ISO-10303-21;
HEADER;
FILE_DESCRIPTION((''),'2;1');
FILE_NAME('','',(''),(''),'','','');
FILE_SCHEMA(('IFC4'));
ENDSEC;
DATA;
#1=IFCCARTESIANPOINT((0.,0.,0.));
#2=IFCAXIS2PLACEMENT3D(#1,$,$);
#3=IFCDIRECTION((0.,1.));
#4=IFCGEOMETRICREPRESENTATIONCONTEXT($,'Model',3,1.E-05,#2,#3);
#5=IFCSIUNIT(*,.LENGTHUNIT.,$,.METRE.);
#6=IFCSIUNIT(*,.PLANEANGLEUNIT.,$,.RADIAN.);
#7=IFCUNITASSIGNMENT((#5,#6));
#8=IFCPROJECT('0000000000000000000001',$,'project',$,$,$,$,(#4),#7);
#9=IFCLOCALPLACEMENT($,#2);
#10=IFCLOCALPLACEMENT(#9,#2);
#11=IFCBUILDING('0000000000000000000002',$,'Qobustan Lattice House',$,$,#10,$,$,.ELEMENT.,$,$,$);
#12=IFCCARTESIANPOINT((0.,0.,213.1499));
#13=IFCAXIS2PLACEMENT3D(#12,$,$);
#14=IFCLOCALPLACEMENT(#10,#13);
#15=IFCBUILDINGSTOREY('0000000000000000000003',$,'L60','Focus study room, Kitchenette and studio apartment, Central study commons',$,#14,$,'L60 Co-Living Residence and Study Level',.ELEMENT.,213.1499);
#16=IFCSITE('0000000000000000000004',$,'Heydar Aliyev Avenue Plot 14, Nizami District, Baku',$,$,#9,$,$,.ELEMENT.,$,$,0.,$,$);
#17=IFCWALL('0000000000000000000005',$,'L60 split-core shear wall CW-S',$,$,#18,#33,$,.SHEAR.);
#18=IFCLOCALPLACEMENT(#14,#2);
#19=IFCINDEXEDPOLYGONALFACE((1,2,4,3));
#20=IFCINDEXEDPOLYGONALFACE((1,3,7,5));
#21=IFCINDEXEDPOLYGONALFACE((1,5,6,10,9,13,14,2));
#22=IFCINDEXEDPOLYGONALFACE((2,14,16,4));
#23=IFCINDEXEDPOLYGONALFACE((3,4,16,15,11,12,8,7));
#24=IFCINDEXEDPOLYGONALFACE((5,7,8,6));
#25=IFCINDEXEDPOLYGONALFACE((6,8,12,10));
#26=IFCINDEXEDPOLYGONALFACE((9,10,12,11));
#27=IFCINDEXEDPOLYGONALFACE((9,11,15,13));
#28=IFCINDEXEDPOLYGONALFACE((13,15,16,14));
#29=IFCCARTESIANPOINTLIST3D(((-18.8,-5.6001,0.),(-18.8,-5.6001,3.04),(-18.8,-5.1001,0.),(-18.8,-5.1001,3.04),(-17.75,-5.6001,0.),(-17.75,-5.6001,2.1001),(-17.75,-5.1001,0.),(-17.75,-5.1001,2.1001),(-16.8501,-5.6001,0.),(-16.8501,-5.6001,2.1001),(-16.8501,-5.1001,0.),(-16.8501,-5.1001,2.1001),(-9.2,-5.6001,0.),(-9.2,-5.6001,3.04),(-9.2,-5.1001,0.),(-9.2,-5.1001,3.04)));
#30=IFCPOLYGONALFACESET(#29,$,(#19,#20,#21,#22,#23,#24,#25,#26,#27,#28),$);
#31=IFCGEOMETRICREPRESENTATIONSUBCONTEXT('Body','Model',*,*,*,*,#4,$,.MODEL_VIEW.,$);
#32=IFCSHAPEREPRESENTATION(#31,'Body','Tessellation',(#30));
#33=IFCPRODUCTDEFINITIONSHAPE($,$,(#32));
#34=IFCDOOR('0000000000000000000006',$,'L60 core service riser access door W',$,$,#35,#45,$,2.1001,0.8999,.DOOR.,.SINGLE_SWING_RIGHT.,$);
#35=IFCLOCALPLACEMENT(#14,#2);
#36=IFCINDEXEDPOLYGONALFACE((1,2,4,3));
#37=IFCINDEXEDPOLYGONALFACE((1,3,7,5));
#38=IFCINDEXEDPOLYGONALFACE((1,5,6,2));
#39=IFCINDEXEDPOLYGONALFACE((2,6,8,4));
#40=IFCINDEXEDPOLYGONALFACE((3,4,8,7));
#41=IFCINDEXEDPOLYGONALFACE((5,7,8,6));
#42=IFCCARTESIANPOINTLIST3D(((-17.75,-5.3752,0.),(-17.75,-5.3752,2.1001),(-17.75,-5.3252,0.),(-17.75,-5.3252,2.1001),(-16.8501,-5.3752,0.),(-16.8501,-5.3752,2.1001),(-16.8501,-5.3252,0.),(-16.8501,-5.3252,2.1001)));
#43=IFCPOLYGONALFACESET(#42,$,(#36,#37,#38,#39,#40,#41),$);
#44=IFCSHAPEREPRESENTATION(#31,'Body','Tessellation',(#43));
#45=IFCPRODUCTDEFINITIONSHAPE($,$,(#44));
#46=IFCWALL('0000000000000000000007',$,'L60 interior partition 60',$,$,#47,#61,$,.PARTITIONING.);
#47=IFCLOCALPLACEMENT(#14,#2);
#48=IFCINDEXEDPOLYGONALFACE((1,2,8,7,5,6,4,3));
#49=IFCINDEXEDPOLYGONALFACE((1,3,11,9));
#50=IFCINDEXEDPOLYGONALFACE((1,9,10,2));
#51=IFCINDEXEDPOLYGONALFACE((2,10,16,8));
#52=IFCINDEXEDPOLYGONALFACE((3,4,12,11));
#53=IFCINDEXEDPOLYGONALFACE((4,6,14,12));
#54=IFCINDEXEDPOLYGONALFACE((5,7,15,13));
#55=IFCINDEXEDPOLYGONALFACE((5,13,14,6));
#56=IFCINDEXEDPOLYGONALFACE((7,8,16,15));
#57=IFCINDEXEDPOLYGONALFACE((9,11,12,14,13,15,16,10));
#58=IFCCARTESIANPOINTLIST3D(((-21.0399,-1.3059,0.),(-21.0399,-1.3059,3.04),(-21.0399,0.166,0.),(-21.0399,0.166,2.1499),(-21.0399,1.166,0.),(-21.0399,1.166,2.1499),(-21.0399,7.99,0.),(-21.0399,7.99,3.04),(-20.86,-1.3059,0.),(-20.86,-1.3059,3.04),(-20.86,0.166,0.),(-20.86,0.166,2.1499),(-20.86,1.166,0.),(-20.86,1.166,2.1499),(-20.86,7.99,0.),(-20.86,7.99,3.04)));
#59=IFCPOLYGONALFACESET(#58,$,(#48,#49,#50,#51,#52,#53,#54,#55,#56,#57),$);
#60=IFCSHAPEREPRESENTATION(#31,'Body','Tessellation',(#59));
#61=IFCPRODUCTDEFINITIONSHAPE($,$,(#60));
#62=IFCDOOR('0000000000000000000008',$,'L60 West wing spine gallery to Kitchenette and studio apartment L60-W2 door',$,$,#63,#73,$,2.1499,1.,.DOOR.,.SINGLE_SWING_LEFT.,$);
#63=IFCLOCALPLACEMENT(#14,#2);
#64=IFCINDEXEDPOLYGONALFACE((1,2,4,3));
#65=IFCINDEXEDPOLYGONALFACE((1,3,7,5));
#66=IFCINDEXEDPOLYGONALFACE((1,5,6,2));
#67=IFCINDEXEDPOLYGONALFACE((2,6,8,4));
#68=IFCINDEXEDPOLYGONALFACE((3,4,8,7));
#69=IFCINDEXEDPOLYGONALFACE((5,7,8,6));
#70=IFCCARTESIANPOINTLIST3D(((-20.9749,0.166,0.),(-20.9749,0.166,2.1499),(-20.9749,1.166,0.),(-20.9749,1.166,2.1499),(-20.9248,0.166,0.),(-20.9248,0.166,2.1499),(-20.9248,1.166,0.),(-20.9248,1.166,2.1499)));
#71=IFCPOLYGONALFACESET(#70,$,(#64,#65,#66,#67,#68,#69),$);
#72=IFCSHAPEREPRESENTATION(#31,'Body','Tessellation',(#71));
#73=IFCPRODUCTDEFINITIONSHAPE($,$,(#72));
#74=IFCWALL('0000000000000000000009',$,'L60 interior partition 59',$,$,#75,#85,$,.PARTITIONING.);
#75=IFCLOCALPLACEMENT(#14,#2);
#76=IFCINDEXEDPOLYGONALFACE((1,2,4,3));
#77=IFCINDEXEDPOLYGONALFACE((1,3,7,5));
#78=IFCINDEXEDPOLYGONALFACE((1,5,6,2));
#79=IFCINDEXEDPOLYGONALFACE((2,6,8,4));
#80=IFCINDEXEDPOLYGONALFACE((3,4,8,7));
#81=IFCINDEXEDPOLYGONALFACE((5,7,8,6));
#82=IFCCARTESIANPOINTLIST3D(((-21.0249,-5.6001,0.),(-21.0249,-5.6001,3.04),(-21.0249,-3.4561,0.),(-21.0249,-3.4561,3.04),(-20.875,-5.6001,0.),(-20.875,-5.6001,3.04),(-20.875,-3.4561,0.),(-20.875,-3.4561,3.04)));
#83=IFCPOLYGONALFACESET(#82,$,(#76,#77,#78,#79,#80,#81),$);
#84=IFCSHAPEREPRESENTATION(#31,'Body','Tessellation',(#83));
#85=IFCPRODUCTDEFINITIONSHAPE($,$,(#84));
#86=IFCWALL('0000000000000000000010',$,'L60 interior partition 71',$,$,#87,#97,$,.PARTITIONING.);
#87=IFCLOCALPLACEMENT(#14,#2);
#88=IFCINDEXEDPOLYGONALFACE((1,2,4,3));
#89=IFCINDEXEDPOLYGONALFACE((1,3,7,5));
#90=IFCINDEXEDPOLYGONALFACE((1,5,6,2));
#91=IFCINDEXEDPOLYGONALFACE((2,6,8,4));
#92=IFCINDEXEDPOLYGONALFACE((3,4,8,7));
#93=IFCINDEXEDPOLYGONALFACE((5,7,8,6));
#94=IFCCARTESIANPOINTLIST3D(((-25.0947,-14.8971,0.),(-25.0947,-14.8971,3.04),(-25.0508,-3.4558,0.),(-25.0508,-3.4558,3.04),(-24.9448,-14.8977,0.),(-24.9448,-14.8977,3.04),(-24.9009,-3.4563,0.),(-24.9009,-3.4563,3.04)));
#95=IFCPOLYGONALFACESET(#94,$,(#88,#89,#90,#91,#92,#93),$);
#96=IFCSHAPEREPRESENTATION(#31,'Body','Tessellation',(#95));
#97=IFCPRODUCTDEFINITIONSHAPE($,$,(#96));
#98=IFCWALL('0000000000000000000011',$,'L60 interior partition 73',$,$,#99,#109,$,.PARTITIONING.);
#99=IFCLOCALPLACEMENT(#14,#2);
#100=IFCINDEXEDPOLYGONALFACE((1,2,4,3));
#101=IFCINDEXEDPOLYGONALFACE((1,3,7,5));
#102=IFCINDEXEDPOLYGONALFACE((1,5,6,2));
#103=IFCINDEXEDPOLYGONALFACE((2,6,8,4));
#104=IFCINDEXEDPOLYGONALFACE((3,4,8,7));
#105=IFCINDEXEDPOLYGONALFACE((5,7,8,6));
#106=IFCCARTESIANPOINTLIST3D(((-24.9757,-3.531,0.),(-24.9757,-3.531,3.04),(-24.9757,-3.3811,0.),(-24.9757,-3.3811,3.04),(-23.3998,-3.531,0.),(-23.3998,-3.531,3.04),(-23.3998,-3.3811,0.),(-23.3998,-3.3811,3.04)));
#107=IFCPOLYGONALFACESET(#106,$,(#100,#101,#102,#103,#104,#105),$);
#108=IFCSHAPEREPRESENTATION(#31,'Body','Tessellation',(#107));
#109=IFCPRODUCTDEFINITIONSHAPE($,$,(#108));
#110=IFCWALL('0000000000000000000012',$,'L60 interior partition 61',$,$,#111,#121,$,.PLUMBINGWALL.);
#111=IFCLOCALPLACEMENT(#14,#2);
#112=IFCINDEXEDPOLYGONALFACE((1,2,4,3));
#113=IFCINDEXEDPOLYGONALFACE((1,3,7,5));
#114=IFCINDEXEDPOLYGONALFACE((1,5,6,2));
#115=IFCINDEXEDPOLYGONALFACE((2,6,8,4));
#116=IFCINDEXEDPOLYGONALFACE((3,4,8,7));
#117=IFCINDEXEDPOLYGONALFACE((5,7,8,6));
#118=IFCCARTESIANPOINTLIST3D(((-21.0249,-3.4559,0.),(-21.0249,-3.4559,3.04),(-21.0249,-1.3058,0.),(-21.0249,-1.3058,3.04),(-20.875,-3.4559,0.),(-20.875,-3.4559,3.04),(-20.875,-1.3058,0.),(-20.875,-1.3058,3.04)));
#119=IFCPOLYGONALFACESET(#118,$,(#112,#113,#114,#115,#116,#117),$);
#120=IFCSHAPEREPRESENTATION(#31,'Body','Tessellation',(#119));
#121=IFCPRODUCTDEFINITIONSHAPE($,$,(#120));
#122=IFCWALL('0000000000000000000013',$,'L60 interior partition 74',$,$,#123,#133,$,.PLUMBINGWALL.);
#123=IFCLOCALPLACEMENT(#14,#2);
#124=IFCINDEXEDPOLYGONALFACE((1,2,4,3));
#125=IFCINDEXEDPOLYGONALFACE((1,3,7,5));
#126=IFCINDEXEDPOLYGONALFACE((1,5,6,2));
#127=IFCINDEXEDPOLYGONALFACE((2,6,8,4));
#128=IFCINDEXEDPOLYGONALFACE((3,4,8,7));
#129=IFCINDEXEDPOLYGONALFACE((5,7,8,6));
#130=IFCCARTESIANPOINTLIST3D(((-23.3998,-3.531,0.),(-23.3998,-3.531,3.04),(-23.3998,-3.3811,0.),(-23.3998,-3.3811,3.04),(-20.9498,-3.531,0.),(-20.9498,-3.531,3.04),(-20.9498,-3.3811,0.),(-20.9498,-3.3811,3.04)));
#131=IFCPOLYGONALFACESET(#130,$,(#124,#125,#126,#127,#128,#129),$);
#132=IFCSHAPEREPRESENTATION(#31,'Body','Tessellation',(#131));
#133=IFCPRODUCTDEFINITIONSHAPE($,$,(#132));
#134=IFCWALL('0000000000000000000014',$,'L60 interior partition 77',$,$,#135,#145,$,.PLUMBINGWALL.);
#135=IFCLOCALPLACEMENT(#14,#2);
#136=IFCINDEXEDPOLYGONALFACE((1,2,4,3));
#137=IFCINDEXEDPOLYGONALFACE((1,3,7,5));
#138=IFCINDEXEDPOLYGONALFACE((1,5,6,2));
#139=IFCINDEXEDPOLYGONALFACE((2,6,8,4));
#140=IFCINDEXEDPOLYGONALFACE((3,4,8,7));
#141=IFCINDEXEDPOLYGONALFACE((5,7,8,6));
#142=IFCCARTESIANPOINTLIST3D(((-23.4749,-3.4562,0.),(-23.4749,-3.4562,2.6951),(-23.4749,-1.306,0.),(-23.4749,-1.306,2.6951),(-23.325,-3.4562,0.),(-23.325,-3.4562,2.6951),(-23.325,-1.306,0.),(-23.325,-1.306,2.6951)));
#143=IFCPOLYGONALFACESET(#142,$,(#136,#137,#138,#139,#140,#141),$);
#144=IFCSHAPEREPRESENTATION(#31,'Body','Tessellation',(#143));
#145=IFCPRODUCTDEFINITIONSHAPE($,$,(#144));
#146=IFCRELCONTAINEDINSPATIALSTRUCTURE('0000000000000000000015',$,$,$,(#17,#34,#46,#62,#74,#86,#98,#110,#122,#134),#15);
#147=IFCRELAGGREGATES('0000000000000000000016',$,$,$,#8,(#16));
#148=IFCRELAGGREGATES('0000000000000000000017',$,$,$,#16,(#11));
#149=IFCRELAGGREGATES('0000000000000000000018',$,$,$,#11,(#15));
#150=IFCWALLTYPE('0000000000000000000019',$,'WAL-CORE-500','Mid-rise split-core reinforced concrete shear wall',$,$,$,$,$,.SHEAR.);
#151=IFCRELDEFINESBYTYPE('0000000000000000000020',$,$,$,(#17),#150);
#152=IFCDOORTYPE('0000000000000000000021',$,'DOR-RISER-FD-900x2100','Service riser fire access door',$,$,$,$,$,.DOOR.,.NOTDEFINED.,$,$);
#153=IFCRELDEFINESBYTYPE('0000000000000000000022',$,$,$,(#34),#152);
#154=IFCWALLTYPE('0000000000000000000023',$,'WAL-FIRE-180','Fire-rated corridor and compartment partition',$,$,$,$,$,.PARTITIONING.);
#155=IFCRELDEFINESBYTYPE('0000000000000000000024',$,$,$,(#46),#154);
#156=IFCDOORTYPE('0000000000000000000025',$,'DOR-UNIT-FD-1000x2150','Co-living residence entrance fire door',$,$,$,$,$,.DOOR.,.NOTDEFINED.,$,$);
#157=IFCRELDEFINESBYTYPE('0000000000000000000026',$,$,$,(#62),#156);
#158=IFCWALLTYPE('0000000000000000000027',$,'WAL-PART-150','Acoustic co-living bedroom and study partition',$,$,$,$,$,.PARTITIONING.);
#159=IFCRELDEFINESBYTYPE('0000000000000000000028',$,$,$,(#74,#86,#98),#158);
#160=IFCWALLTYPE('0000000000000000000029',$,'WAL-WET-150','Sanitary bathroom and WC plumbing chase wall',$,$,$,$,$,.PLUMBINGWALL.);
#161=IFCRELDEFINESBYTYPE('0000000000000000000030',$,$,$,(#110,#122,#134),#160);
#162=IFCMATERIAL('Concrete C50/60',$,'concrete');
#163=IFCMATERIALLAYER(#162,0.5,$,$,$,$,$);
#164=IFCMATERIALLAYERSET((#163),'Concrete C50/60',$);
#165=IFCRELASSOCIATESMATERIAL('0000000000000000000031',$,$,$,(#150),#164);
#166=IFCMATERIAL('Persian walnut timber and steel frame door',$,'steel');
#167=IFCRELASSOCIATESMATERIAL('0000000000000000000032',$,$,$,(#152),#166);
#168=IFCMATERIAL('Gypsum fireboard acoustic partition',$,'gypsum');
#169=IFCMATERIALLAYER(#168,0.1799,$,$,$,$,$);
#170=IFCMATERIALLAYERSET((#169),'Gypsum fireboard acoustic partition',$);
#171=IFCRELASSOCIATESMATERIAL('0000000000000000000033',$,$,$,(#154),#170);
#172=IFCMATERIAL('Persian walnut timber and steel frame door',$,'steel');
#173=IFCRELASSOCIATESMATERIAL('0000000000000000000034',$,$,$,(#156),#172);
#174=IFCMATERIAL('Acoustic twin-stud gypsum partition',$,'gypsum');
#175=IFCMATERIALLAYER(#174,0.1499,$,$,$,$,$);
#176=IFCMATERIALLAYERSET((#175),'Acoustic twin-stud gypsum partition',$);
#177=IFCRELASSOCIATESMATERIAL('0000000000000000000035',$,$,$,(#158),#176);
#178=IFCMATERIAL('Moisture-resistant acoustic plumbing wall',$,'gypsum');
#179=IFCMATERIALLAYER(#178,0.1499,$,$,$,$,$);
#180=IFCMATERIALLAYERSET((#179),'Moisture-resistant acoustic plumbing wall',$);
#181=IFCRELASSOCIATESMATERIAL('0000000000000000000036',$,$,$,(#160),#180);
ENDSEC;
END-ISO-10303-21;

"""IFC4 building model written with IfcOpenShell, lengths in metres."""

from ifc_helpers import new_model, si_unit, direction, frame, frame_2d, origin, place, context, subcontext, project, spatial, rectangle, extrude, material, layer, layer_set, type_object, element, fill, save


model = new_model("IFC4")

# Units and contexts
model_context = context("Model", 3, precision=1e-05, world=origin(), true_north=direction((0.0, 1.0)))
body_context = subcontext(model_context, "Body", "Model", "MODEL_VIEW")
ifc_project = project(units=[si_unit("LENGTHUNIT", "METRE"), si_unit("PLANEANGLEUNIT", "RADIAN")], contexts=[model_context])

# Site, building, storey
site_placement = place(None, origin())
site = spatial("IfcSite", under=ifc_project, at=site_placement, Name="Heydar Aliyev Avenue Plot 14, Nizami District, Baku", CompositionType="ELEMENT", RefElevation=0.0)
building_placement = place(site_placement, origin())
building = spatial("IfcBuilding", under=site, at=building_placement, Name="Qobustan Lattice House", CompositionType="ELEMENT")
storey_placement = place(building_placement, frame((0.0, 0.0, 213.1499)))
storey = spatial("IfcBuildingStorey", under=building, at=storey_placement, Name="L60", Description="Focus study room, Kitchenette and studio apartment, Central study commons", LongName="L60 Co-Living Residence and Study Level", CompositionType="ELEMENT", Elevation=213.1499)

# Walls, openings, doors
ifc_material_1 = material(Name="Concrete C50/60", Category="concrete")
ifc_layer_1 = layer(ifc_material_1, 0.5)
ifc_layer_set_1 = layer_set([ifc_layer_1], Name="Concrete C50/60")
wall_type_1 = type_object("IfcWallType", Name="WAL-CORE-500", Description="Mid-rise split-core reinforced concrete shear wall", PredefinedType="SHEAR", material=ifc_layer_set_1)
wall_1_placement = place(storey_placement, frame((-18.8, -5.3501, 0.0), z_axis=(0.0, 0.0, 1.0), x_axis=(1.0, 0.0, 0.0)))
wall_1 = element("IfcWall", 1, at=wall_1_placement, inside=storey, type_object=wall_type_1, Name="L60 split-core shear wall CW-S", PredefinedType="SHEAR", context=body_context, shape_type="SweptSolid", body=[
    extrude(rectangle(XDim=9.6001, YDim=0.5, at=frame_2d((4.8, 0.0))), origin(), (0.0, 0.0, 1.0), 3.04),
])
opening_1_placement = place(wall_1_placement, frame((1.05, 0.0, 0.0)))
opening_1 = element("IfcOpeningElement", 2, at=opening_1_placement, cuts=wall_1, PredefinedType="OPENING", context=body_context, shape_type="SweptSolid", body=[
    extrude(rectangle(XDim=0.8999, YDim=2.1001, at=frame_2d((0.45, 1.05))), frame((0.0, 0.26, 0.0), z_axis=(0.0, -1.0, 0.0), x_axis=(1.0, 0.0, 0.0)), (0.0, 0.0, 1.0), 0.52),
])
ifc_material_2 = material(Name="Persian walnut timber and steel frame door", Category="steel")
door_type_1 = type_object("IfcDoorType", Name="DOR-RISER-FD-900x2100", Description="Service riser fire access door", OperationType="NOTDEFINED", PredefinedType="DOOR", material=ifc_material_2)
door_1_placement = place(opening_1_placement, origin())
door_1 = element("IfcDoor", 3, at=door_1_placement, inside=storey, type_object=door_type_1, Name="L60 core service riser access door W", OperationType="SINGLE_SWING_RIGHT", OverallHeight=2.1001, OverallWidth=0.8999, PredefinedType="DOOR", context=body_context, shape_type="SweptSolid", body=[
    extrude(rectangle(XDim=0.8999, YDim=2.1001, at=frame_2d((0.45, 1.05))), frame((0.0, 0.0249, 0.0), z_axis=(0.0, -1.0, 0.0), x_axis=(1.0, 0.0, 0.0)), (0.0, 0.0, 1.0), 0.05),
])
fill(opening_1, door_1)
ifc_material_3 = material(Name="Gypsum fireboard acoustic partition", Category="gypsum")
ifc_layer_2 = layer(ifc_material_3, 0.1799)
ifc_layer_set_2 = layer_set([ifc_layer_2], Name="Gypsum fireboard acoustic partition")
wall_type_2 = type_object("IfcWallType", Name="WAL-FIRE-180", Description="Fire-rated corridor and compartment partition", PredefinedType="PARTITIONING", material=ifc_layer_set_2)
wall_2_placement = place(storey_placement, frame((-20.95, -1.3059, 0.0), z_axis=(0.0, 0.0, 1.0), x_axis=(0.0, 1.0, 0.0)))
wall_2 = element("IfcWall", 4, at=wall_2_placement, inside=storey, type_object=wall_type_2, Name="L60 interior partition 60", PredefinedType="PARTITIONING", context=body_context, shape_type="SweptSolid", body=[
    extrude(rectangle(XDim=9.2959, YDim=0.1799, at=frame_2d((4.6479, 0.0))), origin(), (0.0, 0.0, 1.0), 3.04),
])
opening_2_placement = place(wall_2_placement, frame((1.4719, 0.0, 0.0)))
opening_2 = element("IfcOpeningElement", 5, at=opening_2_placement, cuts=wall_2, PredefinedType="OPENING", context=body_context, shape_type="SweptSolid", body=[
    extrude(rectangle(XDim=1.0, YDim=2.1499, at=frame_2d((0.5, 1.075))), frame((0.0, 0.0999, 0.0), z_axis=(0.0, -1.0, 0.0), x_axis=(1.0, 0.0, 0.0)), (0.0, 0.0, 1.0), 0.2),
])
ifc_material_4 = material(Name="Persian walnut timber and steel frame door", Category="steel")
door_type_2 = type_object("IfcDoorType", Name="DOR-UNIT-FD-1000x2150", Description="Co-living residence entrance fire door", OperationType="NOTDEFINED", PredefinedType="DOOR", material=ifc_material_4)
door_2_placement = place(opening_2_placement, origin())
door_2 = element("IfcDoor", 6, at=door_2_placement, inside=storey, type_object=door_type_2, Name="L60 West wing spine gallery to Kitchenette and studio apartment L60-W2 door", OperationType="SINGLE_SWING_LEFT", OverallHeight=2.1499, OverallWidth=1.0, PredefinedType="DOOR", context=body_context, shape_type="SweptSolid", body=[
    extrude(rectangle(XDim=1.0, YDim=2.1499, at=frame_2d((0.5, 1.075))), frame((0.0, 0.0249, 0.0), z_axis=(0.0, -1.0, 0.0), x_axis=(1.0, 0.0, 0.0)), (0.0, 0.0, 1.0), 0.05),
])
fill(opening_2, door_2)

# Walls
ifc_material_5 = material(Name="Acoustic twin-stud gypsum partition", Category="gypsum")
ifc_layer_3 = layer(ifc_material_5, 0.1499)
ifc_layer_set_3 = layer_set([ifc_layer_3], Name="Acoustic twin-stud gypsum partition")
wall_type_3 = type_object("IfcWallType", Name="WAL-PART-150", Description="Acoustic co-living bedroom and study partition", PredefinedType="PARTITIONING", material=ifc_layer_set_3)
wall_3_placement = place(storey_placement, frame((-20.95, -5.6001, 0.0), z_axis=(0.0, 0.0, 1.0), x_axis=(0.0, 1.0, 0.0)))
element("IfcWall", 7, at=wall_3_placement, inside=storey, type_object=wall_type_3, Name="L60 interior partition 59", PredefinedType="PARTITIONING", context=body_context, shape_type="SweptSolid", body=[
    extrude(rectangle(XDim=2.144, YDim=0.1499, at=frame_2d((1.072, 0.0))), origin(), (0.0, 0.0, 1.0), 3.04),
])
wall_4_placement = place(storey_placement, frame((-24.9758, -3.4561, 0.0), z_axis=(0.0, 0.0, 1.0), x_axis=(-0.003841, -0.999993, 0.0)))
element("IfcWall", 8, at=wall_4_placement, inside=storey, type_object=wall_type_3, Name="L60 interior partition 71", PredefinedType="PARTITIONING", context=body_context, shape_type="SweptSolid", body=[
    extrude(rectangle(XDim=11.4414, YDim=0.1499, at=frame_2d((5.7207, 0.0))), origin(), (0.0, 0.0, 1.0), 3.04),
])

# Walls
wall_5_placement = place(storey_placement, frame((-24.9758, -3.4561, 0.0), z_axis=(0.0, 0.0, 1.0), x_axis=(1.0, 0.0, 0.0)))
element("IfcWall", 9, at=wall_5_placement, inside=storey, type_object=wall_type_3, Name="L60 interior partition 73", PredefinedType="PARTITIONING", context=body_context, shape_type="SweptSolid", body=[
    extrude(rectangle(XDim=1.5759, YDim=0.1499, at=frame_2d((0.7881, 0.0))), origin(), (0.0, 0.0, 1.0), 3.04),
])
ifc_material_6 = material(Name="Moisture-resistant acoustic plumbing wall", Category="gypsum")
ifc_layer_4 = layer(ifc_material_6, 0.1499)
ifc_layer_set_4 = layer_set([ifc_layer_4], Name="Moisture-resistant acoustic plumbing wall")
wall_type_4 = type_object("IfcWallType", Name="WAL-WET-150", Description="Sanitary bathroom and WC plumbing chase wall", PredefinedType="PLUMBINGWALL", material=ifc_layer_set_4)
wall_6_placement = place(storey_placement, frame((-20.95, -3.4561, 0.0), z_axis=(0.0, 0.0, 1.0), x_axis=(0.0, 1.0, 0.0)))
element("IfcWall", 10, at=wall_6_placement, inside=storey, type_object=wall_type_4, Name="L60 interior partition 61", PredefinedType="PLUMBINGWALL", context=body_context, shape_type="SweptSolid", body=[
    extrude(rectangle(XDim=2.1501, YDim=0.1499, at=frame_2d((1.0752, 0.0))), origin(), (0.0, 0.0, 1.0), 3.04),
])
wall_7_placement = place(storey_placement, frame((-23.3999, -3.4561, 0.0), z_axis=(0.0, 0.0, 1.0), x_axis=(1.0, 0.0, 0.0)))
element("IfcWall", 11, at=wall_7_placement, inside=storey, type_object=wall_type_4, Name="L60 interior partition 74", PredefinedType="PLUMBINGWALL", context=body_context, shape_type="SweptSolid", body=[
    extrude(rectangle(XDim=2.45, YDim=0.1499, at=frame_2d((1.2251, 0.0))), origin(), (0.0, 0.0, 1.0), 3.04),
])
wall_8_placement = place(storey_placement, frame((-23.3999, -1.3059, 0.0), z_axis=(0.0, 0.0, 1.0), x_axis=(0.0, -1.0, 0.0)))
element("IfcWall", 12, at=wall_8_placement, inside=storey, type_object=wall_type_4, Name="L60 interior partition 77", PredefinedType="PLUMBINGWALL", context=body_context, shape_type="SweptSolid", body=[
    extrude(rectangle(XDim=2.1501, YDim=0.1499, at=frame_2d((1.0752, 0.0))), origin(), (0.0, 0.0, 1.0), 2.6951),
])

save(model, "model.ifc")
